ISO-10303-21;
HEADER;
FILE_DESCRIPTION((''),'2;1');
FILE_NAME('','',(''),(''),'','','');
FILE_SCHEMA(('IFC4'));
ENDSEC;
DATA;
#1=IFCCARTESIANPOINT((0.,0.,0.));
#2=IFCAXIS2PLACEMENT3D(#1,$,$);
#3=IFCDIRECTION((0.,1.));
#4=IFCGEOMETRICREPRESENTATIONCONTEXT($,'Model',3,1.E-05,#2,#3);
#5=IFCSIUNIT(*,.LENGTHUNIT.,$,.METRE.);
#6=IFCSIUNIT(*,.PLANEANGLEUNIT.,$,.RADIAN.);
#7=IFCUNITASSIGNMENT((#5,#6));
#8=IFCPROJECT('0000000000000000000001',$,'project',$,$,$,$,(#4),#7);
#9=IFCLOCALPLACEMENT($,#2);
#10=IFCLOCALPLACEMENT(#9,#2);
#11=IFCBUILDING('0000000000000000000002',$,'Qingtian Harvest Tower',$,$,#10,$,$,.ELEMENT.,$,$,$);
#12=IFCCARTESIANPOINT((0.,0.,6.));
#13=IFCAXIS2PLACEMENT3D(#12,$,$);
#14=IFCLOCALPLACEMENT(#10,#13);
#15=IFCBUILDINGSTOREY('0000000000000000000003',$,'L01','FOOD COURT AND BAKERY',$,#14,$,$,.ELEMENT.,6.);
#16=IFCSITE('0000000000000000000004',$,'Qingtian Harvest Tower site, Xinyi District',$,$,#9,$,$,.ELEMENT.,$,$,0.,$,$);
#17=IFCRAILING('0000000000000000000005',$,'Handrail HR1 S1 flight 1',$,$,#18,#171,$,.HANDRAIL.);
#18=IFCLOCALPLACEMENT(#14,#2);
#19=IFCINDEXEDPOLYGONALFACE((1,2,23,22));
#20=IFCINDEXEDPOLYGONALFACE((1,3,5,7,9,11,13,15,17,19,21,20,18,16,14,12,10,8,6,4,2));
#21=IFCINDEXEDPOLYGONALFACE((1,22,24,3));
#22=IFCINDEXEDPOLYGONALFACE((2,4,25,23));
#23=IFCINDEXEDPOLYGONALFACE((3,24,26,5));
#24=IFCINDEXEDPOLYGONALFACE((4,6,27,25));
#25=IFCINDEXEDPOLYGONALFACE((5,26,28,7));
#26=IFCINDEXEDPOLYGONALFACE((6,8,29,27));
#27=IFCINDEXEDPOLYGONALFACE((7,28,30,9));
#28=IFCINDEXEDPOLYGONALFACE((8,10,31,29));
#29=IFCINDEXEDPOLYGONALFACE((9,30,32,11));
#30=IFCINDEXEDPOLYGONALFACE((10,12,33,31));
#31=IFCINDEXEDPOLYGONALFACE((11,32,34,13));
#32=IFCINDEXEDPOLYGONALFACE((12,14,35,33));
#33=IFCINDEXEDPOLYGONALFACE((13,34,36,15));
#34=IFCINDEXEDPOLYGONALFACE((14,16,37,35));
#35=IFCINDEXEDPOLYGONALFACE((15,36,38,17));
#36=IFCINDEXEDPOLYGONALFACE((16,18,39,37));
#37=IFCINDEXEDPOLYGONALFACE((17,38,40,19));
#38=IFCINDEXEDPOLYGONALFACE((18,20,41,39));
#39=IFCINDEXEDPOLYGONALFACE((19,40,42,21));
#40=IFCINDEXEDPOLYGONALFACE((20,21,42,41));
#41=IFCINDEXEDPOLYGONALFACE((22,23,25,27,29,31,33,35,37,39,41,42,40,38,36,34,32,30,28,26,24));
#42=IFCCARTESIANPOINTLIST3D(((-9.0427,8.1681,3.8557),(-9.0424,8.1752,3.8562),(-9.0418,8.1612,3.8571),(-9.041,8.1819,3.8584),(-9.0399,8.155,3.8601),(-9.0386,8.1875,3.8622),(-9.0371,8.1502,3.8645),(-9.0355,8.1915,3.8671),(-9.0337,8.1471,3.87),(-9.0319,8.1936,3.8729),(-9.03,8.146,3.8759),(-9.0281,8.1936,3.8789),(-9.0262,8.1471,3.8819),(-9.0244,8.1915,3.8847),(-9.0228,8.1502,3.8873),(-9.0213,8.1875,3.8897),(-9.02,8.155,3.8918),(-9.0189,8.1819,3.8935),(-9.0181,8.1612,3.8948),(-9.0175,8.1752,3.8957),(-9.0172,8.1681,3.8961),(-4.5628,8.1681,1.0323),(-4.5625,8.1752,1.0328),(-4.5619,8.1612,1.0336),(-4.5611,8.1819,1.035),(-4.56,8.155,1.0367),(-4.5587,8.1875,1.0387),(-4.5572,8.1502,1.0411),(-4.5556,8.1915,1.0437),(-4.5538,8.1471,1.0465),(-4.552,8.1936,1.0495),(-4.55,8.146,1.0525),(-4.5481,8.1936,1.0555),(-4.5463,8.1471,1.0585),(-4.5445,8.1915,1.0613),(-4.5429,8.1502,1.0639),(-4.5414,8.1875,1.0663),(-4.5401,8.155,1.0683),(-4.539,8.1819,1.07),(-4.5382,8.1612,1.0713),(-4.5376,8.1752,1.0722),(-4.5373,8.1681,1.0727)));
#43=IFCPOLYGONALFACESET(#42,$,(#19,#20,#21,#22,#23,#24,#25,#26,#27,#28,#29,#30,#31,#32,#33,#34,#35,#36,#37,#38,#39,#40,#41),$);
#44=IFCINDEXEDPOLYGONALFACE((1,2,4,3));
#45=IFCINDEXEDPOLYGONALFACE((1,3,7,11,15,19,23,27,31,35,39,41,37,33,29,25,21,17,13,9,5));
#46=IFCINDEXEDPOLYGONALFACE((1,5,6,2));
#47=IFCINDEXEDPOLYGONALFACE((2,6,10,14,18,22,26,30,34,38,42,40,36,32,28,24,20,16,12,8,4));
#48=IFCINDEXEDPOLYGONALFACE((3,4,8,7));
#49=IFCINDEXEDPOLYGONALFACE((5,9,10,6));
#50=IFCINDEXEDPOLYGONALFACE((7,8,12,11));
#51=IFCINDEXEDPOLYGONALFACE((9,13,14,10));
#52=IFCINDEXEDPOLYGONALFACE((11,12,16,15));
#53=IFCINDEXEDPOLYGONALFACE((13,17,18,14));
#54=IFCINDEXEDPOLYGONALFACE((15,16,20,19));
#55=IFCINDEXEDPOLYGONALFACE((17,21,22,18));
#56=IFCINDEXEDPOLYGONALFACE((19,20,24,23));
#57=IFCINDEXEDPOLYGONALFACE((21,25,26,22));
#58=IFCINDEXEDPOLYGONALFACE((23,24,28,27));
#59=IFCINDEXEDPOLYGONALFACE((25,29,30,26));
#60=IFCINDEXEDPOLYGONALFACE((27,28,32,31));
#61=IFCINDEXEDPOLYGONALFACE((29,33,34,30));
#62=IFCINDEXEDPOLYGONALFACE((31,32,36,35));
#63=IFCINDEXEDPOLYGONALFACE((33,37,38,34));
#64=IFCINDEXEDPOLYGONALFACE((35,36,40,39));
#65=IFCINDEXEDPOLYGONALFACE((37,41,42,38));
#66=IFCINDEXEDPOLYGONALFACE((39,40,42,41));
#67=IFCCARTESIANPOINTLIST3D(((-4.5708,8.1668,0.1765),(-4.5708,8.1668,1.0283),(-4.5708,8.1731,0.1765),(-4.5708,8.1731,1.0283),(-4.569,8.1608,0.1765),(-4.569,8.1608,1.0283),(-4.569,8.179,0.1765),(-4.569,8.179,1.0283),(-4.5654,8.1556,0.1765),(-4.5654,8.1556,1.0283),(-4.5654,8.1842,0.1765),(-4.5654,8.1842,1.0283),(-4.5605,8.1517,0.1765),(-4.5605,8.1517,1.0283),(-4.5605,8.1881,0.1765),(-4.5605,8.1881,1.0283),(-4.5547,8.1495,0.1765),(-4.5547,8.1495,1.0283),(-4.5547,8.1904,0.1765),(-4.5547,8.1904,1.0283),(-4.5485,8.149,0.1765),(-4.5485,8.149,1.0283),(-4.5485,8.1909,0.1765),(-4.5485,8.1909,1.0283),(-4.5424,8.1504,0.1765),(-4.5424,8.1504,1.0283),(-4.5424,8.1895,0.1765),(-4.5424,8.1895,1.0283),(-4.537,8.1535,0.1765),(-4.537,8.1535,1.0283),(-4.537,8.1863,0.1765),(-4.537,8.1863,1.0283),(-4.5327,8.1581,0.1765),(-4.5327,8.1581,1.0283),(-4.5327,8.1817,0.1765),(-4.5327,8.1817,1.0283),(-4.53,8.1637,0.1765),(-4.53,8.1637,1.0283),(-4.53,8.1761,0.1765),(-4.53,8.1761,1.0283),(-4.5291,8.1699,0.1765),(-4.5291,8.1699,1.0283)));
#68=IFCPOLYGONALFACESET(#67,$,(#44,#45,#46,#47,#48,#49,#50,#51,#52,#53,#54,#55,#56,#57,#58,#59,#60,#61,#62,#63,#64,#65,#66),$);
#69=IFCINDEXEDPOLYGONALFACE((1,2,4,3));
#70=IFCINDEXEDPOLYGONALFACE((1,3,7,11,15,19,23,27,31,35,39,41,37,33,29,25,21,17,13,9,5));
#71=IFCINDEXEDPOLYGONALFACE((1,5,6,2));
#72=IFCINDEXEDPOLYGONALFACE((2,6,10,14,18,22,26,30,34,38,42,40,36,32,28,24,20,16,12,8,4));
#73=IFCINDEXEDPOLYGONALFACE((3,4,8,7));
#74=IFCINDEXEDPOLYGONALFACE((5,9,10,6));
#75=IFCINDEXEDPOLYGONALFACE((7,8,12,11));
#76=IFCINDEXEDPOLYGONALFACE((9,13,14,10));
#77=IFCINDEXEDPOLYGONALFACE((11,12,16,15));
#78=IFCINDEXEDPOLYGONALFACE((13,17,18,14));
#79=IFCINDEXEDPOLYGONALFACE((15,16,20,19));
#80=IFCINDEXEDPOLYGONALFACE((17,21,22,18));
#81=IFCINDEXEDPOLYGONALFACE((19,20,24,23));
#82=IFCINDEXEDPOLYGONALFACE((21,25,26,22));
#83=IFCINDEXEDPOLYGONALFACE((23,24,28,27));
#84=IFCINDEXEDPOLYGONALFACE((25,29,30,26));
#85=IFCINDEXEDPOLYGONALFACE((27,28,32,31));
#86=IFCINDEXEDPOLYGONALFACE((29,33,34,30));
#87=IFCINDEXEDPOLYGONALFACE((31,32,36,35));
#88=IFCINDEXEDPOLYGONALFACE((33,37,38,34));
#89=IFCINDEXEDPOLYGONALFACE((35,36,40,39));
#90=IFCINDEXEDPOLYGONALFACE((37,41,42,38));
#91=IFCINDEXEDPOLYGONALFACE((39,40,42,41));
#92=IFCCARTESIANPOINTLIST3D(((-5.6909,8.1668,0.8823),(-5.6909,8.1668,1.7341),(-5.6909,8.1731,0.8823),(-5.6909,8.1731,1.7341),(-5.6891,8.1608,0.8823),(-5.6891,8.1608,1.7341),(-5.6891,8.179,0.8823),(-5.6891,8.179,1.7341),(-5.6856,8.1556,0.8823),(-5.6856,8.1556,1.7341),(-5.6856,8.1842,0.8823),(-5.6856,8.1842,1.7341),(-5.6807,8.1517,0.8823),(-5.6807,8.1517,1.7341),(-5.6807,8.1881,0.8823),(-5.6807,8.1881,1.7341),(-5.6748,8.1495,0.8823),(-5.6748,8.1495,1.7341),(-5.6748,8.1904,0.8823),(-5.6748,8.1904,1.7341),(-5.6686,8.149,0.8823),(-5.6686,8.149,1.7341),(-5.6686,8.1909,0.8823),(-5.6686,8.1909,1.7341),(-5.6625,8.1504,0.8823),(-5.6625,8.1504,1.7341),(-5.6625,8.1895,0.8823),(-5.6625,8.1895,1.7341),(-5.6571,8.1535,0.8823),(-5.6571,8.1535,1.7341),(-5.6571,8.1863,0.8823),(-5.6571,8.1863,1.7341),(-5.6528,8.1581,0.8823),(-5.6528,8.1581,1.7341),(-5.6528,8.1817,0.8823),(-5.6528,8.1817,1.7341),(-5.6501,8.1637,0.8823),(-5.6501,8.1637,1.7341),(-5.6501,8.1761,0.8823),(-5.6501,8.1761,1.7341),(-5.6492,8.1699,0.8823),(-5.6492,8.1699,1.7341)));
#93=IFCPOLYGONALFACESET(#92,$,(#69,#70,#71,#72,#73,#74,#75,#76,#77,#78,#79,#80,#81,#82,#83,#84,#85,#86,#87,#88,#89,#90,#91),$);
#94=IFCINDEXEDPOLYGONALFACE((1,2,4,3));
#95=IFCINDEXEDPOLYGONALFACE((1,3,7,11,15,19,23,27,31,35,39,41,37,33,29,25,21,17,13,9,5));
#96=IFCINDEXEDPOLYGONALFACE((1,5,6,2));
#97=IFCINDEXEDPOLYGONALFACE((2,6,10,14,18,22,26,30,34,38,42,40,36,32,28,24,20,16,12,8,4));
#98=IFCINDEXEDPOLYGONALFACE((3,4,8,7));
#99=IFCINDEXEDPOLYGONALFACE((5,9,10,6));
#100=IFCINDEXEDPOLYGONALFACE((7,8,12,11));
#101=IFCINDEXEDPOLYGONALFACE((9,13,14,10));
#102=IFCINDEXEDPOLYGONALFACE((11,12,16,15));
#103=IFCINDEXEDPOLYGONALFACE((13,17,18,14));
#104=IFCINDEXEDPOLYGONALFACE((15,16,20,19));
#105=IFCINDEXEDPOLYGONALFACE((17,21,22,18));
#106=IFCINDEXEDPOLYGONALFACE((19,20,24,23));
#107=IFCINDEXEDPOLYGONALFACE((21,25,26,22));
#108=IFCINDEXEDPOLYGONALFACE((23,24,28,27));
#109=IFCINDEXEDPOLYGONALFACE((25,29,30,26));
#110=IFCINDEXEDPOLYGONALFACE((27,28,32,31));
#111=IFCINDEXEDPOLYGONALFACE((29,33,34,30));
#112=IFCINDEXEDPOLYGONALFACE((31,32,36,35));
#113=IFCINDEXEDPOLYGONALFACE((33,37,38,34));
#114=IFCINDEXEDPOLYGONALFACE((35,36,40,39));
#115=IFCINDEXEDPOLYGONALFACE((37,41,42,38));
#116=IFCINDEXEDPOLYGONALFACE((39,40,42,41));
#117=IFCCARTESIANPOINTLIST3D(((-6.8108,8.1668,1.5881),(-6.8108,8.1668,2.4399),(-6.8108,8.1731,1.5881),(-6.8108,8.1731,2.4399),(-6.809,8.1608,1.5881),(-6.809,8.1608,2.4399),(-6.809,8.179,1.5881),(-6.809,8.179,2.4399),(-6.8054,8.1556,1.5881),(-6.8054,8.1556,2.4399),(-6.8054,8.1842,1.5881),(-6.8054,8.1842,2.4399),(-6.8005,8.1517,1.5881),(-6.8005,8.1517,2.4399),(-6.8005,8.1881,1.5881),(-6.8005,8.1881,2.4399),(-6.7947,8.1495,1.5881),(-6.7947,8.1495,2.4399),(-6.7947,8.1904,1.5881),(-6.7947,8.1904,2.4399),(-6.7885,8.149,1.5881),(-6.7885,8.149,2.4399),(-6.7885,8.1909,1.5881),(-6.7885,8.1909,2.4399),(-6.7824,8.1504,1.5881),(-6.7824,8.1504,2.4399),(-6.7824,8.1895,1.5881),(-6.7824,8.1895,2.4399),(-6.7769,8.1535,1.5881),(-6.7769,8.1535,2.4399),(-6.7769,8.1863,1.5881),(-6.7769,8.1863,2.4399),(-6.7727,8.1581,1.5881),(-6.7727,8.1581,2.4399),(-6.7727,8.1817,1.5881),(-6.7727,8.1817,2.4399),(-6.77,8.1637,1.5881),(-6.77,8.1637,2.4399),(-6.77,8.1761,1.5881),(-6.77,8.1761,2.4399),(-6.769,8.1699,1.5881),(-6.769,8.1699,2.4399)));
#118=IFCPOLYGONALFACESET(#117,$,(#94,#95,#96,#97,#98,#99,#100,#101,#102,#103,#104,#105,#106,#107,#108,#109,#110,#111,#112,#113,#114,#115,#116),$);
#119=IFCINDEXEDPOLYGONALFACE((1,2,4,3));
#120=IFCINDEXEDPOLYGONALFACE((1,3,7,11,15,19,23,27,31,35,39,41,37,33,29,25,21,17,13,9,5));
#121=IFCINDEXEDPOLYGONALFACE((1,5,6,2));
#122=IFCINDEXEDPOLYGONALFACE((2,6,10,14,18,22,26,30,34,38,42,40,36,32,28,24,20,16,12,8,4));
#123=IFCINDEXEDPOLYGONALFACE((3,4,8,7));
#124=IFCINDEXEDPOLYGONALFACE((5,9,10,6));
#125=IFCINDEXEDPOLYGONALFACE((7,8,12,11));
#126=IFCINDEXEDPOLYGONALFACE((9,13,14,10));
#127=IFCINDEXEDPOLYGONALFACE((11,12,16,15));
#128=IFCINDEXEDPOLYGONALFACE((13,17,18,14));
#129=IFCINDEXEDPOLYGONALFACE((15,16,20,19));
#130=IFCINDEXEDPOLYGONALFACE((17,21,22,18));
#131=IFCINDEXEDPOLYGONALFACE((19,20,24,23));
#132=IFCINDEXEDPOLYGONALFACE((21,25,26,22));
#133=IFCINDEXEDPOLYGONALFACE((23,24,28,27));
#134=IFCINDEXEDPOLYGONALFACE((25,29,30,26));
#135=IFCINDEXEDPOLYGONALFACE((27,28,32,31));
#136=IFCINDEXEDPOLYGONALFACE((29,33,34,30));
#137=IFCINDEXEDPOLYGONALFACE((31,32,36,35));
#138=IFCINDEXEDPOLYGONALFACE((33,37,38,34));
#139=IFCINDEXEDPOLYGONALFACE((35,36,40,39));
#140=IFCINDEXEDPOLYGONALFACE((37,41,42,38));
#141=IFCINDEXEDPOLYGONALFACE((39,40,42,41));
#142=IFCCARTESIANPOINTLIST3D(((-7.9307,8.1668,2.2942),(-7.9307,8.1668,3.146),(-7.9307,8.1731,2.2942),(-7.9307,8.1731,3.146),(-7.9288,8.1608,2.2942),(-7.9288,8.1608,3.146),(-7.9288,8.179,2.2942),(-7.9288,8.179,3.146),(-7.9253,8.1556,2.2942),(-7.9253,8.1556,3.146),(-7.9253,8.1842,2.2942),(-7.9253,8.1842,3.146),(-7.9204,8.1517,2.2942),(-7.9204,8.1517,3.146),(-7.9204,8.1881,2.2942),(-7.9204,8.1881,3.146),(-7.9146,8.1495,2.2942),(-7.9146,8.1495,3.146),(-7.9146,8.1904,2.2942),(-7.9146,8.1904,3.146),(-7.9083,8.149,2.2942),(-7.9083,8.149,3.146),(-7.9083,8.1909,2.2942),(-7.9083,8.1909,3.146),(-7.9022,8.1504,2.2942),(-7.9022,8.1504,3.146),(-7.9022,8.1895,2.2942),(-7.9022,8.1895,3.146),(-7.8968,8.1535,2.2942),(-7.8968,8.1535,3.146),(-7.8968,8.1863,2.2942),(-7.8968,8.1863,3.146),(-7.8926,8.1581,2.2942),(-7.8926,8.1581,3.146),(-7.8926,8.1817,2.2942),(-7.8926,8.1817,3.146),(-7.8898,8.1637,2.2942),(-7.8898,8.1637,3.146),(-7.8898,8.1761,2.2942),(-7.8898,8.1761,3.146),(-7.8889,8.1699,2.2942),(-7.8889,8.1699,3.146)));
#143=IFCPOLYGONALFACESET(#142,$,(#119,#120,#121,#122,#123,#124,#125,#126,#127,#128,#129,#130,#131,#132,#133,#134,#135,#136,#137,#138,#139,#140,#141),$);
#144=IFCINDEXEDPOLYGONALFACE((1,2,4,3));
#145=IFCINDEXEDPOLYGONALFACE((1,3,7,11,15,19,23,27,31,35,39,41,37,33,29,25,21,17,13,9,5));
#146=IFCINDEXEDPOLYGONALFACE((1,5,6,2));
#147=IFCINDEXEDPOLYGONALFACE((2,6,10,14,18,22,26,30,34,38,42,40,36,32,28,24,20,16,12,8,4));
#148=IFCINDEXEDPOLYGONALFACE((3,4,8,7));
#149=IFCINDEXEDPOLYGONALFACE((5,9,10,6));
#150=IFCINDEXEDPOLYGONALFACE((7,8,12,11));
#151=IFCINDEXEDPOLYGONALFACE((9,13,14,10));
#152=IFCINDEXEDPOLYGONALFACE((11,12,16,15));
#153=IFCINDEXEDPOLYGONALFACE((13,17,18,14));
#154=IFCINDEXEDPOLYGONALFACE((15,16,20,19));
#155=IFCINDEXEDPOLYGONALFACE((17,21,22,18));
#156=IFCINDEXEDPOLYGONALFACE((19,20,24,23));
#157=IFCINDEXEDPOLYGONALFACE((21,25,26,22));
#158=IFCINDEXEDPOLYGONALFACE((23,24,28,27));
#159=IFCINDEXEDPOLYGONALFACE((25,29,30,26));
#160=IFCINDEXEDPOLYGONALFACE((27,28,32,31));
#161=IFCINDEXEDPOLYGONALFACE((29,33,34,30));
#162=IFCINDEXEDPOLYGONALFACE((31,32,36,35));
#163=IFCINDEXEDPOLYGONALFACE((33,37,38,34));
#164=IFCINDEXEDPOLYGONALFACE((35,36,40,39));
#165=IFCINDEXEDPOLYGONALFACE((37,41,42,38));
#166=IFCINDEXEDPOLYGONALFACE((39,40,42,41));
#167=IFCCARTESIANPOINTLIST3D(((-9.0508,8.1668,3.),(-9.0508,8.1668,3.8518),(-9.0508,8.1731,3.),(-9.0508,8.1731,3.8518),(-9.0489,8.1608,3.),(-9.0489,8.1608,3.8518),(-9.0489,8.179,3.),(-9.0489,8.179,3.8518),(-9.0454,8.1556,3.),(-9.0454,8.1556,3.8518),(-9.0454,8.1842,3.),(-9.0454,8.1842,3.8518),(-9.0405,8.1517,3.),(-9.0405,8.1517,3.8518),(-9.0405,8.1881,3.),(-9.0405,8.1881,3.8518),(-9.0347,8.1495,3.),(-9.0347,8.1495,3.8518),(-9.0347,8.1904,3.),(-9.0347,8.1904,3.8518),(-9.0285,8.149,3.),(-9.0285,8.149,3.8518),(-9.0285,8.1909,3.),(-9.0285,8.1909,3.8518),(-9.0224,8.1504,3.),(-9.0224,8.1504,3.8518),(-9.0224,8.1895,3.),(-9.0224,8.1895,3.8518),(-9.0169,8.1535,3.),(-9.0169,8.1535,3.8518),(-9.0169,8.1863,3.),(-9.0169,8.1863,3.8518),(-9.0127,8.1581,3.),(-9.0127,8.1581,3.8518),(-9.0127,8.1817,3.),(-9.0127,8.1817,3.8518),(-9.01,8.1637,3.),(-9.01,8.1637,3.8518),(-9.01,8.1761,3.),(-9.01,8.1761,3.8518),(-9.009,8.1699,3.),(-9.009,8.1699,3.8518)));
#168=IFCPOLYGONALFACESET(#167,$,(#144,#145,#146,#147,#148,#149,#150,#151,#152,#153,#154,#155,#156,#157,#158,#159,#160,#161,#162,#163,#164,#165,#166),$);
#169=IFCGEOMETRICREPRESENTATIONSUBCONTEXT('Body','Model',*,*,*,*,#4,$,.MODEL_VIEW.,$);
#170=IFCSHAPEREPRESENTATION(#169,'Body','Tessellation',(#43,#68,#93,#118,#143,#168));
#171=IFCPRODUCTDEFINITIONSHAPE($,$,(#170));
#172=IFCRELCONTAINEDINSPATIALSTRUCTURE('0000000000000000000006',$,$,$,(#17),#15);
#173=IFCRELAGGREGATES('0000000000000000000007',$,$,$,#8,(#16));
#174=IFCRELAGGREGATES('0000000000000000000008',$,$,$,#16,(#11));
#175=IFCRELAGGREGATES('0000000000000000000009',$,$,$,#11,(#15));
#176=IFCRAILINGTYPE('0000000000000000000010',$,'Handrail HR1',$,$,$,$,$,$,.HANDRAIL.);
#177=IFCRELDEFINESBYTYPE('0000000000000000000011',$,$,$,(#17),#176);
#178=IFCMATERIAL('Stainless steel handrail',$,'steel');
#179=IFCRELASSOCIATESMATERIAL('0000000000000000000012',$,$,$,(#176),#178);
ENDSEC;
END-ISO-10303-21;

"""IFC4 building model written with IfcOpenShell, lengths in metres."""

from ifc_helpers import new_model, si_unit, direction, frame, origin, origin_2d, place, context, subcontext, project, spatial, circle, extrude, material, type_object, element, save


model = new_model("IFC4")

# Units and contexts
model_context = context("Model", 3, precision=1e-05, world=origin(), true_north=direction((0.0, 1.0)))
body_context = subcontext(model_context, "Body", "Model", "MODEL_VIEW")
ifc_project = project(units=[si_unit("LENGTHUNIT", "METRE"), si_unit("PLANEANGLEUNIT", "RADIAN")], contexts=[model_context])

# Site, building, storey
site_placement = place(None, origin())
site = spatial("IfcSite", under=ifc_project, at=site_placement, Name="Qingtian Harvest Tower site, Xinyi District", CompositionType="ELEMENT", RefElevation=0.0)
building_placement = place(site_placement, origin())
building = spatial("IfcBuilding", under=site, at=building_placement, Name="Qingtian Harvest Tower", CompositionType="ELEMENT")
storey_placement = place(building_placement, frame((0.0, 0.0, 6.0)))
storey = spatial("IfcBuildingStorey", under=building, at=storey_placement, Name="L01", Description="FOOD COURT AND BAKERY", CompositionType="ELEMENT", Elevation=6.0)

# Railing
ifc_material_1 = material(Name="Stainless steel handrail", Category="steel")
railing_type = type_object("IfcRailingType", Name="Handrail HR1", PredefinedType="HANDRAIL", material=ifc_material_1)
railing_1_placement = place(storey_placement, frame((-4.55, 8.1699, 0.1765)))
element("IfcRailing", 1, at=railing_1_placement, inside=storey, type_object=railing_type, Name="Handrail HR1 S1 flight 1", PredefinedType="HANDRAIL", context=body_context, shape_type="SweptSolid", body=[
    extrude(circle(Radius=0.0239, at=origin_2d()), frame((0.0, 0.0, 0.876), z_axis=(-0.845998, 0.0, 0.533186), x_axis=(0.0, -1.0, 0.0)), (0.0, 0.0, 1.0), 5.2954),
    extrude(circle(Radius=0.021, at=origin_2d()), origin(), (0.0, 0.0, 1.0), 0.8518),
    extrude(circle(Radius=0.021, at=origin_2d()), frame((-1.1201, 0.0, 0.7058)), (0.0, 0.0, 1.0), 0.8518),
    extrude(circle(Radius=0.021, at=origin_2d()), frame((-2.24, 0.0, 1.4116)), (0.0, 0.0, 1.0), 0.8518),
    extrude(circle(Radius=0.021, at=origin_2d()), frame((-3.3599, 0.0, 2.1177)), (0.0, 0.0, 1.0), 0.8518),
    extrude(circle(Radius=0.021, at=origin_2d()), frame((-4.48, 0.0, 2.8235)), (0.0, 0.0, 1.0), 0.8518),
])

save(model, "model.ifc")
